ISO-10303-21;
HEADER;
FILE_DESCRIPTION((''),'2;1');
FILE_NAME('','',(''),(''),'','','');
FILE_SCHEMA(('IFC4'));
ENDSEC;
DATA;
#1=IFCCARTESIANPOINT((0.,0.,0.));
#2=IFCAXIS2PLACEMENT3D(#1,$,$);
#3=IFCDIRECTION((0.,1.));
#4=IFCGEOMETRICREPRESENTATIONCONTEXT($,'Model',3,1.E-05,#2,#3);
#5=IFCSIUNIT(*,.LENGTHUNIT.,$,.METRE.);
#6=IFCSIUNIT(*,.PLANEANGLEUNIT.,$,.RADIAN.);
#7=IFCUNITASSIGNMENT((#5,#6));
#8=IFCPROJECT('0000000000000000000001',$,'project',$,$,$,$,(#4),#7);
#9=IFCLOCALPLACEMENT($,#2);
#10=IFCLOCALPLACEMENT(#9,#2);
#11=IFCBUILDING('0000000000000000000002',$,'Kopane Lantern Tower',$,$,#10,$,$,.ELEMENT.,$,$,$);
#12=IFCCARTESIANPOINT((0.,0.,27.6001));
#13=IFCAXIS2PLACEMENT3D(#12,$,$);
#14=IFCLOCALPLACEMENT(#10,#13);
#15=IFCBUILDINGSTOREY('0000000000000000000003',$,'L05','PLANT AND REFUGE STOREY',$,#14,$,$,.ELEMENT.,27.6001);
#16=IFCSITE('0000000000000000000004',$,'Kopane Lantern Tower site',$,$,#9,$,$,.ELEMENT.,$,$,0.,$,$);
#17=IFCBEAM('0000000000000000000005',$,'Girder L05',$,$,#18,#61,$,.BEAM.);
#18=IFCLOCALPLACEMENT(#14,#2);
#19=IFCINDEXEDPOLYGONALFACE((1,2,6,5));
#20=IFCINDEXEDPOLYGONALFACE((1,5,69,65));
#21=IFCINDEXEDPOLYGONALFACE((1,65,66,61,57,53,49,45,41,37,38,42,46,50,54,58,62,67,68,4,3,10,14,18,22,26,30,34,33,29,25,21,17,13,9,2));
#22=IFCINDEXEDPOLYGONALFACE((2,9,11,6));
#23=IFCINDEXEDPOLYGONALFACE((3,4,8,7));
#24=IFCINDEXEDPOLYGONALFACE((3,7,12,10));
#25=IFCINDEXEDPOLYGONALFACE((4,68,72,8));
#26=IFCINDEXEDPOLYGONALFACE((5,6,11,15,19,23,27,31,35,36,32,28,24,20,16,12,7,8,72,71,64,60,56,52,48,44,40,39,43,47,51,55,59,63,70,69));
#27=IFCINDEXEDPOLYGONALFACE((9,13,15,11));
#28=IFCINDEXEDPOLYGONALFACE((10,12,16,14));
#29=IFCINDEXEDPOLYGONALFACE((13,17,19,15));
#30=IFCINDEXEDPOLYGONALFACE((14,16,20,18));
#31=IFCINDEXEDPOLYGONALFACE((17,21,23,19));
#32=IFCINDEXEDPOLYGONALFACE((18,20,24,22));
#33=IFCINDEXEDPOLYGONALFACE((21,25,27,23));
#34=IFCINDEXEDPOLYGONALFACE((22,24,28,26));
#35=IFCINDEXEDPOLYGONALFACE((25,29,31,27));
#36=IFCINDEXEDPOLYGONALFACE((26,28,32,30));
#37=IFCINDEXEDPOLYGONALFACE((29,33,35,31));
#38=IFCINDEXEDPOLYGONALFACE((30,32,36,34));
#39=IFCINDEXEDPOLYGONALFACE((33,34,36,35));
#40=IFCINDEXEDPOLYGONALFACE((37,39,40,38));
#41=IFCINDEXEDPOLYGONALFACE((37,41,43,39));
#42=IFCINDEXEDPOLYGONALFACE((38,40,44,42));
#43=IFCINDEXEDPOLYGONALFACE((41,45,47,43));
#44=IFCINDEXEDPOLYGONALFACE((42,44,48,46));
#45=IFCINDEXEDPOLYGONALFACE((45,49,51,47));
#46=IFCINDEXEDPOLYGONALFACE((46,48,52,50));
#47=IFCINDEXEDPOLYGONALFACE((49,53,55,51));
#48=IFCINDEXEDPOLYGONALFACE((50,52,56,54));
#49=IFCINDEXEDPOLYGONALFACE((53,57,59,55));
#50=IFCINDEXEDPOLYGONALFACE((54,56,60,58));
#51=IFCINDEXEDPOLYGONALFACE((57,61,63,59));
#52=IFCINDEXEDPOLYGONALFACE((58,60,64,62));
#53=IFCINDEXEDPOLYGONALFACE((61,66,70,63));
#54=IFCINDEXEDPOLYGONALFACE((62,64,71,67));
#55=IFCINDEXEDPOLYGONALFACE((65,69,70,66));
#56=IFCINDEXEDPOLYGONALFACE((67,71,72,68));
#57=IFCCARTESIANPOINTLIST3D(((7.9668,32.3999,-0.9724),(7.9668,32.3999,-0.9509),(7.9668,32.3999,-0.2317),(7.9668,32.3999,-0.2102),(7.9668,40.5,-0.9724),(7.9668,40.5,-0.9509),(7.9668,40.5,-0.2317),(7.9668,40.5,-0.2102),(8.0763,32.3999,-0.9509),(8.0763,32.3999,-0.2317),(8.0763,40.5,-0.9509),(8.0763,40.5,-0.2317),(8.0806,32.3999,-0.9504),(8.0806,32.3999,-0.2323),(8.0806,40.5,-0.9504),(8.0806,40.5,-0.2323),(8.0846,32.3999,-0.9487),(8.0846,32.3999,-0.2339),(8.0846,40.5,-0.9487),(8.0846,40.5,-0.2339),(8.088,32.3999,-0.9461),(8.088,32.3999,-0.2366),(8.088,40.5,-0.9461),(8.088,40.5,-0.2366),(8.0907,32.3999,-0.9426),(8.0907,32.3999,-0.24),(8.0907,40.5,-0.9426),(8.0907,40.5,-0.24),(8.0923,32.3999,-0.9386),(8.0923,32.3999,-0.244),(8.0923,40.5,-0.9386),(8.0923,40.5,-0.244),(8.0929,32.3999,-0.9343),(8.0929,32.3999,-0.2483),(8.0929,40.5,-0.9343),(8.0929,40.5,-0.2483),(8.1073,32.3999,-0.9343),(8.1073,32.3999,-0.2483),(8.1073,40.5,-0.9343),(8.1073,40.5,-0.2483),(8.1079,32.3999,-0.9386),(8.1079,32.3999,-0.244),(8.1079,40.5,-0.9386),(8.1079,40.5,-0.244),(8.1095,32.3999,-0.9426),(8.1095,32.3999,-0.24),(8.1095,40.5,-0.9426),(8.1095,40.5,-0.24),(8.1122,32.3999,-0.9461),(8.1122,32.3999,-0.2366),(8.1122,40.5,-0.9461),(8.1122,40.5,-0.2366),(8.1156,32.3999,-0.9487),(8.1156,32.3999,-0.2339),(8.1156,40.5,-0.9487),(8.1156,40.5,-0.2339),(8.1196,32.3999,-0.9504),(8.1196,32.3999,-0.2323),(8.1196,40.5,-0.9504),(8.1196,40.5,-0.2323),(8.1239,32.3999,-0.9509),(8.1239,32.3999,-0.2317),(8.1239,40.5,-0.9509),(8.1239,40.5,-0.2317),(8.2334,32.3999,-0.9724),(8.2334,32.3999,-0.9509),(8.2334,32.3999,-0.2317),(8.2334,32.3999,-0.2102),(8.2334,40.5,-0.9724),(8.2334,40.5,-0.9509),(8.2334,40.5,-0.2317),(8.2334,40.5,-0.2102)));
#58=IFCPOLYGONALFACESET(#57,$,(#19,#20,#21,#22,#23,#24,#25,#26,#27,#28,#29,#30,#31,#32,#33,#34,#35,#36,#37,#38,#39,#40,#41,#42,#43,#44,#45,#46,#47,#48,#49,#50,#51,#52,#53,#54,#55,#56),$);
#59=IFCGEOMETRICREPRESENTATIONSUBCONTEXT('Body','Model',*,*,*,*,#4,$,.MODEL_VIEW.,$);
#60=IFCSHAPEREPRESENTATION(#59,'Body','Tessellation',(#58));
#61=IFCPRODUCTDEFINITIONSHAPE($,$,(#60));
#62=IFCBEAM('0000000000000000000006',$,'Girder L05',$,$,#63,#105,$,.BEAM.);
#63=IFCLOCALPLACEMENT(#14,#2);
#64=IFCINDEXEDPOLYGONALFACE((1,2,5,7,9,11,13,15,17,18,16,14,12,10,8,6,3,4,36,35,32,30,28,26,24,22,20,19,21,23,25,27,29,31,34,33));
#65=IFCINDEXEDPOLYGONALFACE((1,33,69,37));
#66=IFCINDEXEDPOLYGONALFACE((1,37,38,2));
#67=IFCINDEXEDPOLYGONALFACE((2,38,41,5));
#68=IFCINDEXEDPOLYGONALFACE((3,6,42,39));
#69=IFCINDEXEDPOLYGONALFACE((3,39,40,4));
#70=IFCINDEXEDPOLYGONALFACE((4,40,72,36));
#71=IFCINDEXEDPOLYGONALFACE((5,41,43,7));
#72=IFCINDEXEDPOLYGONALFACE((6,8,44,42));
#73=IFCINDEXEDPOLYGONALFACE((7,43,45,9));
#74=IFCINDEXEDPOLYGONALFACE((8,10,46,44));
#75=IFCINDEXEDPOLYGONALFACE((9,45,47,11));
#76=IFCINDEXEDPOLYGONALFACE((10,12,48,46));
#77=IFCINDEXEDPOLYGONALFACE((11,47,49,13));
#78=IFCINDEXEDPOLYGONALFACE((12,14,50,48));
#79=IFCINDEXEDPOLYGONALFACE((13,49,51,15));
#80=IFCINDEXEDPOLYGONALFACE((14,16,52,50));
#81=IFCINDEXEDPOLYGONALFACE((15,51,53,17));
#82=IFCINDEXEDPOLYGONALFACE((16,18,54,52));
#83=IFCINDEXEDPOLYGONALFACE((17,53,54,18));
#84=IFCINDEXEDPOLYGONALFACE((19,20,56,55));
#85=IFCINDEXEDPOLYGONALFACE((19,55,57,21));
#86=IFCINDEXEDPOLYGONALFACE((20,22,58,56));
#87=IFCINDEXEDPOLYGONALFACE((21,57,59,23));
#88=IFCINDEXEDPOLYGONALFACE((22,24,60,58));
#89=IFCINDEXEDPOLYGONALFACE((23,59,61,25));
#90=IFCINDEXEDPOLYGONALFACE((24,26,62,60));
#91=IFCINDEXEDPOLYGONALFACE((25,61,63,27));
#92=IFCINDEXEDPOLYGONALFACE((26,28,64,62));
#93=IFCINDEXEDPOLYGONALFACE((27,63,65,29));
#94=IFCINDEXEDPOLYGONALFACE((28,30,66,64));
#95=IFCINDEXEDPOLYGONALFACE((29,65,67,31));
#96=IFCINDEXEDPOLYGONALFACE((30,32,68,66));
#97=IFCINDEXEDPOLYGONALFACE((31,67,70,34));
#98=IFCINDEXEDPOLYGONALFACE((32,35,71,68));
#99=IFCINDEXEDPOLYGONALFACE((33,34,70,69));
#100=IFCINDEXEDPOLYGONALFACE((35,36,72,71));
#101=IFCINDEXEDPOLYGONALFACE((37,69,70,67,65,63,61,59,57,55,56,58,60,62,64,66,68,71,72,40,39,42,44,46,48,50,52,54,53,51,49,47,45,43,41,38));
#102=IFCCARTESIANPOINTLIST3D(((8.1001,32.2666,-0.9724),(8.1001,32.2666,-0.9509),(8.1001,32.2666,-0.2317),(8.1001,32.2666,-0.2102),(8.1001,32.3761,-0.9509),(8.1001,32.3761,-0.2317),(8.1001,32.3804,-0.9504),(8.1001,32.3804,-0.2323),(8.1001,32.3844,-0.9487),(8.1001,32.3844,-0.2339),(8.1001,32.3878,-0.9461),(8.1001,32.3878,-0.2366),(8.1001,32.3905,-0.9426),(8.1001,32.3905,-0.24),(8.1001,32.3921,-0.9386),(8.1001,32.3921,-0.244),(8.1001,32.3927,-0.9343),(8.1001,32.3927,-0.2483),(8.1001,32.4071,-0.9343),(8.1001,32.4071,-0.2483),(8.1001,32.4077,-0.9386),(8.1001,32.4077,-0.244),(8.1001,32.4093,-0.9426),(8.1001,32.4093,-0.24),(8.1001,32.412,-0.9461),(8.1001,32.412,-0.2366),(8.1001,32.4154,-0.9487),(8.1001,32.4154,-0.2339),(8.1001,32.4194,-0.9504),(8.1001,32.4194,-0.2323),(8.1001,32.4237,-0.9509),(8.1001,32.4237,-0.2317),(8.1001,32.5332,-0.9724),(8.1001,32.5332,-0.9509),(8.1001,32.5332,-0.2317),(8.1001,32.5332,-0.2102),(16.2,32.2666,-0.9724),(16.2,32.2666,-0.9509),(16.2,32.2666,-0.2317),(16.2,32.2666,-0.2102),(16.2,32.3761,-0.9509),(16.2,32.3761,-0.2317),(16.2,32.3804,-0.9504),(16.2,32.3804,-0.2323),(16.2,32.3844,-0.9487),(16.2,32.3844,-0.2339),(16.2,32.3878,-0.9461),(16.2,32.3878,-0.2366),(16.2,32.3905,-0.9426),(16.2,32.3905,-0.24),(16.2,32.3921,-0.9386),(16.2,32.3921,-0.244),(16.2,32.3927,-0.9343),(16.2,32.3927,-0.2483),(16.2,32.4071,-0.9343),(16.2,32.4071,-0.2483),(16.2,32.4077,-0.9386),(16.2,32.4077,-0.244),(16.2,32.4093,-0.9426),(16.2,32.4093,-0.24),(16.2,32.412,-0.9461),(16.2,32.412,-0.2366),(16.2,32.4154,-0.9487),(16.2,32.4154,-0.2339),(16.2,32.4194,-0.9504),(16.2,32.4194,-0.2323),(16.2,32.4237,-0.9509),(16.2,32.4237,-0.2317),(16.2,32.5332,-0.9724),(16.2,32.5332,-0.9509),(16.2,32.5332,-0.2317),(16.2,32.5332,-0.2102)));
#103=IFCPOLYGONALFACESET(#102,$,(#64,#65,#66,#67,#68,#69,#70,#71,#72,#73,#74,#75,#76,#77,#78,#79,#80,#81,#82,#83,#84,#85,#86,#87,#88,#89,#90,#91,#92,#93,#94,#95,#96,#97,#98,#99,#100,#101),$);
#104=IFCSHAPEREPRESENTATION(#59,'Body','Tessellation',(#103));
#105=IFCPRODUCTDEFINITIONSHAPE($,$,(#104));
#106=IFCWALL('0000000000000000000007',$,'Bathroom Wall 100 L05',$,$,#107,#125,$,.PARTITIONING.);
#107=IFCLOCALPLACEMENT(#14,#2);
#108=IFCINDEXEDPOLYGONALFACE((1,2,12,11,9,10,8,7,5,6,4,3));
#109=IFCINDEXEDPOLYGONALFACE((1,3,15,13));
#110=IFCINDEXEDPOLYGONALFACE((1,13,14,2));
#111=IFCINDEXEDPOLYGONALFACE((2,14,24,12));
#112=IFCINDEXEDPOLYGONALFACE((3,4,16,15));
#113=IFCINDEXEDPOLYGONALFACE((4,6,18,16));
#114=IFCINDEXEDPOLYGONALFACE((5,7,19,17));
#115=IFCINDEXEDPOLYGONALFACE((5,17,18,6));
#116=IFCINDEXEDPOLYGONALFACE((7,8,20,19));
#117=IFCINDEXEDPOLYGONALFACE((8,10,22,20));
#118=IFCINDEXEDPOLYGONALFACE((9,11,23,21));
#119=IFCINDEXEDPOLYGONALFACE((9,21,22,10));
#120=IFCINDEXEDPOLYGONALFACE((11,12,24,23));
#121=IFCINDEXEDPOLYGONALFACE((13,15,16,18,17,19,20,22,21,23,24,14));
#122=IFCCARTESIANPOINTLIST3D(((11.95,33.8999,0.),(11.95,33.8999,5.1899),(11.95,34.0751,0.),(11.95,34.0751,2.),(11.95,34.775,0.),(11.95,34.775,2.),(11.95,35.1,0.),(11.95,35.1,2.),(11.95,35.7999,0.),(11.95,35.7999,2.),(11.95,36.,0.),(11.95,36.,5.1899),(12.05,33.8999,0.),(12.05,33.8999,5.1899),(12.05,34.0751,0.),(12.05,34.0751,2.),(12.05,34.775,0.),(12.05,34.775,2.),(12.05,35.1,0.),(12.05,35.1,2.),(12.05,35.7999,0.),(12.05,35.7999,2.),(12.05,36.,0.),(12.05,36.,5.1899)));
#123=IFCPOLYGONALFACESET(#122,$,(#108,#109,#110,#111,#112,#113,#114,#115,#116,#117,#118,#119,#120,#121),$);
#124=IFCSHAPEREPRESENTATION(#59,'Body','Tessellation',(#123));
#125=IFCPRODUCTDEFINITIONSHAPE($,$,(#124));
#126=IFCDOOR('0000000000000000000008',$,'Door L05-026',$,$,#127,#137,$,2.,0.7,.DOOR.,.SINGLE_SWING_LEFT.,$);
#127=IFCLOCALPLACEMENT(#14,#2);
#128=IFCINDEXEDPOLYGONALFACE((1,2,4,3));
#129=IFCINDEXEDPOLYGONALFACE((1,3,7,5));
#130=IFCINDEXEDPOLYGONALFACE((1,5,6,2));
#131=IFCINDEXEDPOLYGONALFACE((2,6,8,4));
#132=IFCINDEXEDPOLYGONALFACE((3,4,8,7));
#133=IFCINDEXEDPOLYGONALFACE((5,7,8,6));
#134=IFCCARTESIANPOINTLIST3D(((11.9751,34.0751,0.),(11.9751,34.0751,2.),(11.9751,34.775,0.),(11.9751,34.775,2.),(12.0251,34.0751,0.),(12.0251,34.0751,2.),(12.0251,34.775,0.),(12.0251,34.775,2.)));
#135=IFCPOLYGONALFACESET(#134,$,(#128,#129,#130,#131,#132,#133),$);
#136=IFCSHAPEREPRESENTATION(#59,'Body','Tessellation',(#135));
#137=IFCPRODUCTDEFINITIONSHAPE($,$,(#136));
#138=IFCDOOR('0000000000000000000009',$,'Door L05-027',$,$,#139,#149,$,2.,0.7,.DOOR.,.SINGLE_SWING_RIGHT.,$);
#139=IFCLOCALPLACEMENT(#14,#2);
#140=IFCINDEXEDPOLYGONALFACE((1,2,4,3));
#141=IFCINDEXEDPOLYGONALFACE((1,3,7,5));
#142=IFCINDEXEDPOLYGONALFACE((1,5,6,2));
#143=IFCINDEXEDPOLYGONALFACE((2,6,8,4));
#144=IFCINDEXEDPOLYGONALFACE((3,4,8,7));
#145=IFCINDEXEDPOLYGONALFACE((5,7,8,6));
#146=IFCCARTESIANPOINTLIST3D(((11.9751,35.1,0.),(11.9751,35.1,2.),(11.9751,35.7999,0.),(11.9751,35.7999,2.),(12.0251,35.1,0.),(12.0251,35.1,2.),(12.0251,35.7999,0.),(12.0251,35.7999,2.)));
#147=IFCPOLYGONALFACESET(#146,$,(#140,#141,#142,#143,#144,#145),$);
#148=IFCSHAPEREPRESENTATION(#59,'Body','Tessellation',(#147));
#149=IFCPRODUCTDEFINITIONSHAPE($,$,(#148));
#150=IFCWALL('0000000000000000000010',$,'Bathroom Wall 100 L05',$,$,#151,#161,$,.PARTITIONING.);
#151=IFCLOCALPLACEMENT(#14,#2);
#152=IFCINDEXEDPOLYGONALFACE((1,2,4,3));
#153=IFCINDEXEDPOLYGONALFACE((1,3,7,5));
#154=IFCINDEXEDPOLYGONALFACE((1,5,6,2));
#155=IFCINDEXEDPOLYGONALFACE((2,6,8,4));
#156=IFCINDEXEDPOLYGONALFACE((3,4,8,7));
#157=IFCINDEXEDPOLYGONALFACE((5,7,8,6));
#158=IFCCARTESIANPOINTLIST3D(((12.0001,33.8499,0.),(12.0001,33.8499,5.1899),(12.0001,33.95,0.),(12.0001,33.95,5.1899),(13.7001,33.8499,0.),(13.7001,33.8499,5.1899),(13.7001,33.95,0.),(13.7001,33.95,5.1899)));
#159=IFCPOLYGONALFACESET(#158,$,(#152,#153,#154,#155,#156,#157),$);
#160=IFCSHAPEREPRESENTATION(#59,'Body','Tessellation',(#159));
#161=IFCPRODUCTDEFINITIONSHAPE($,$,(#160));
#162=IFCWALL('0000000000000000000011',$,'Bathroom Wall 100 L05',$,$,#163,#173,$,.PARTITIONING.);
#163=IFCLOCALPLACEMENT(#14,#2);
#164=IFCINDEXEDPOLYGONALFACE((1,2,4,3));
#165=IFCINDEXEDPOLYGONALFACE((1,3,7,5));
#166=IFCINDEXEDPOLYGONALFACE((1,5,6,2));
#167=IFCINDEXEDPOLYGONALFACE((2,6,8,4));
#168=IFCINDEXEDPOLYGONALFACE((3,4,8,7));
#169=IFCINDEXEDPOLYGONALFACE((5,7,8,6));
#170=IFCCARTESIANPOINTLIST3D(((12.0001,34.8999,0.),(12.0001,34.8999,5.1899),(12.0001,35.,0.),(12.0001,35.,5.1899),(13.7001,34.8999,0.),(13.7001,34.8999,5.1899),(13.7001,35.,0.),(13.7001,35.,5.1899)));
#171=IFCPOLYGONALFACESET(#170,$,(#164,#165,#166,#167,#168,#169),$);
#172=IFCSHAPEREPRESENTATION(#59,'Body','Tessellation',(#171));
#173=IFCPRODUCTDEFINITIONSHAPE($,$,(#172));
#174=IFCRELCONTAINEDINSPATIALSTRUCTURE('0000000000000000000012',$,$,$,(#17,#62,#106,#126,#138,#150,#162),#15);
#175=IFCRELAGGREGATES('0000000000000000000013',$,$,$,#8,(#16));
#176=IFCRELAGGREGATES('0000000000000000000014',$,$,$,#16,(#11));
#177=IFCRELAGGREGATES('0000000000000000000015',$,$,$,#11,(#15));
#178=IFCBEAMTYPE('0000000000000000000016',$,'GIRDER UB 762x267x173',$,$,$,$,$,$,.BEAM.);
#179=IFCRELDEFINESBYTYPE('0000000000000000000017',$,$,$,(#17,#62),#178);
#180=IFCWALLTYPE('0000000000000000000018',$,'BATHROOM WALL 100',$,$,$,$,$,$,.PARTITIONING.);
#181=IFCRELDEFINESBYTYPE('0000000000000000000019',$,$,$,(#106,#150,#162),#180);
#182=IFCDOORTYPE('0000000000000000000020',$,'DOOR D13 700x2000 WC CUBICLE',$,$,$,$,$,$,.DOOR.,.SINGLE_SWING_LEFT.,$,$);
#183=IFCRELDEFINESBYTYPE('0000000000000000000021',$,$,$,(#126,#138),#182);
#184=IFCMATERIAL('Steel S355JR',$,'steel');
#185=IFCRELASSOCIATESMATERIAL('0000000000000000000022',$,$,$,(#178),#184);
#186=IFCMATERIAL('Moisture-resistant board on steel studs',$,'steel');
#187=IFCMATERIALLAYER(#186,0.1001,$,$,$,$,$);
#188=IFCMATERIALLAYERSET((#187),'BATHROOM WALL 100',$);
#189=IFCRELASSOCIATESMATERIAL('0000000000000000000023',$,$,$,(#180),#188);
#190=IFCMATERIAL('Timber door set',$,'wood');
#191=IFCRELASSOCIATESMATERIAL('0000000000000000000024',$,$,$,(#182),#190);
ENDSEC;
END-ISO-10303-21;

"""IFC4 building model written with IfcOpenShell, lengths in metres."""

from ifc_helpers import new_model, si_unit, direction, frame, frame_2d, origin, origin_2d, place, context, subcontext, project, spatial, rectangle, i_section, extrude, material, layer, layer_set, material_profile, profile_set, type_object, element, fill, save


model = new_model("IFC4")

# Units and contexts
model_context = context("Model", 3, precision=1e-05, world=origin(), true_north=direction((0.0, 1.0)))
body_context = subcontext(model_context, "Body", "Model", "MODEL_VIEW")
ifc_project = project(units=[si_unit("LENGTHUNIT", "METRE"), si_unit("PLANEANGLEUNIT", "RADIAN")], contexts=[model_context])

# Site, building, storey
site_placement = place(None, origin())
site = spatial("IfcSite", under=ifc_project, at=site_placement, Name="Kopane Lantern Tower site", CompositionType="ELEMENT", RefElevation=0.0)
building_placement = place(site_placement, origin())
building = spatial("IfcBuilding", under=site, at=building_placement, Name="Kopane Lantern Tower", CompositionType="ELEMENT")
storey_placement = place(building_placement, frame((0.0, 0.0, 27.6001)))
storey = spatial("IfcBuildingStorey", under=building, at=storey_placement, Name="L05", Description="PLANT AND REFUGE STOREY", CompositionType="ELEMENT", Elevation=27.6001)

# Beams
ifc_material_1 = material(Name="Steel S355JR", Category="steel")
ifc_material_profile = material_profile(ifc_material_1, i_section(OverallWidth=0.2666, OverallDepth=0.7622, WebThickness=0.0144, FlangeThickness=0.0215, FilletRadius=0.0166, at=origin_2d()), Name="UB 762x267x173")
ifc_profile_set = profile_set([ifc_material_profile], Name="Steel S355JR")
beam_type = type_object("IfcBeamType", Name="GIRDER UB 762x267x173", PredefinedType="BEAM", material=ifc_profile_set)
beam_1_placement = place(storey_placement, frame((8.1001, 32.3999, -0.5913), z_axis=(0.0, 1.0, 0.0), x_axis=(-1.0, 0.0, 0.0)))
element("IfcBeam", 1, at=beam_1_placement, inside=storey, type_object=beam_type, Name="Girder L05", PredefinedType="BEAM", context=body_context, shape_type="SweptSolid", body=[
    extrude(i_section(OverallWidth=0.2666, OverallDepth=0.7622, WebThickness=0.0144, FlangeThickness=0.0215, FilletRadius=0.0166, at=origin_2d()), origin(), (0.0, 0.0, 1.0), 8.1001),
])
beam_2_placement = place(storey_placement, frame((8.1001, 32.3999, -0.5913), z_axis=(1.0, 0.0, 0.0), x_axis=(0.0, 1.0, 0.0)))
element("IfcBeam", 2, at=beam_2_placement, inside=storey, type_object=beam_type, Name="Girder L05", PredefinedType="BEAM", context=body_context, shape_type="SweptSolid", body=[
    extrude(i_section(OverallWidth=0.2666, OverallDepth=0.7622, WebThickness=0.0144, FlangeThickness=0.0215, FilletRadius=0.0166, at=origin_2d()), origin(), (0.0, 0.0, 1.0), 8.0999),
])

# Wall, openings, doors
ifc_material_2 = material(Name="Moisture-resistant board on steel studs", Category="steel")
ifc_layer_1 = layer(ifc_material_2, 0.1001)
ifc_layer_set_1 = layer_set([ifc_layer_1], Name="BATHROOM WALL 100")
wall_type_1 = type_object("IfcWallType", Name="BATHROOM WALL 100", PredefinedType="PARTITIONING", material=ifc_layer_set_1)
wall_1_placement = place(storey_placement, frame((12.0, 33.8999, 0.0), z_axis=(0.0, 0.0, 1.0), x_axis=(0.0, 1.0, 0.0)))
wall_1 = element("IfcWall", 3, at=wall_1_placement, inside=storey, type_object=wall_type_1, Name="Bathroom Wall 100 L05", PredefinedType="PARTITIONING", context=body_context, shape_type="SweptSolid", body=[
    extrude(rectangle(XDim=2.1001, YDim=0.1001, at=frame_2d((1.05, 0.0))), origin(), (0.0, 0.0, 1.0), 5.1899),
])
opening_1_placement = place(wall_1_placement, frame((0.175, 0.0, 0.0)))
opening_1 = element("IfcOpeningElement", 4, at=opening_1_placement, cuts=wall_1, PredefinedType="OPENING", context=body_context, shape_type="SweptSolid", body=[
    extrude(rectangle(XDim=0.7, YDim=2.0, at=frame_2d((0.3501, 1.0))), frame((0.0, 0.0601, 0.0), z_axis=(0.0, -1.0, 0.0), x_axis=(1.0, 0.0, 0.0)), (0.0, 0.0, 1.0), 0.1201),
])
opening_2_placement = place(wall_1_placement, frame((1.2, 0.0, 0.0)))
opening_2 = element("IfcOpeningElement", 5, at=opening_2_placement, cuts=wall_1, PredefinedType="OPENING", context=body_context, shape_type="SweptSolid", body=[
    extrude(rectangle(XDim=0.7, YDim=2.0, at=frame_2d((0.3501, 1.0))), frame((0.0, 0.0601, 0.0), z_axis=(0.0, -1.0, 0.0), x_axis=(1.0, 0.0, 0.0)), (0.0, 0.0, 1.0), 0.1201),
])
ifc_material_3 = material(Name="Timber door set", Category="wood")
door_type = type_object("IfcDoorType", Name="DOOR D13 700x2000 WC CUBICLE", OperationType="SINGLE_SWING_LEFT", PredefinedType="DOOR", material=ifc_material_3)
door_1_placement = place(opening_1_placement, origin())
door_1 = element("IfcDoor", 6, at=door_1_placement, inside=storey, type_object=door_type, Name="Door L05-026", OperationType="SINGLE_SWING_LEFT", OverallHeight=2.0, OverallWidth=0.7, PredefinedType="DOOR", context=body_context, shape_type="SweptSolid", body=[
    extrude(rectangle(XDim=0.7, YDim=2.0, at=frame_2d((0.3501, 1.0))), frame((0.0, 0.0249, 0.0), z_axis=(0.0, -1.0, 0.0), x_axis=(1.0, 0.0, 0.0)), (0.0, 0.0, 1.0), 0.05),
])
fill(opening_1, door_1)
door_2_placement = place(opening_2_placement, origin())
door_2 = element("IfcDoor", 7, at=door_2_placement, inside=storey, type_object=door_type, Name="Door L05-027", OperationType="SINGLE_SWING_RIGHT", OverallHeight=2.0, OverallWidth=0.7, PredefinedType="DOOR", context=body_context, shape_type="SweptSolid", body=[
    extrude(rectangle(XDim=0.7, YDim=2.0, at=frame_2d((0.3501, 1.0))), frame((0.0, 0.0249, 0.0), z_axis=(0.0, -1.0, 0.0), x_axis=(1.0, 0.0, 0.0)), (0.0, 0.0, 1.0), 0.05),
])
fill(opening_2, door_2)

# Walls
for number, where, z_axis, x_axis, name in (
    (8, (12.0, 33.8999, 0.0), (0.0, 0.0, 1.0), (1.0, 0.0, 0.0), "Bathroom Wall 100 L05"),
    (9, (12.0, 34.95, 0.0), (0.0, 0.0, 1.0), (1.0, 0.0, 0.0), "Bathroom Wall 100 L05"),
):
    element("IfcWall", number, at=place(storey_placement, frame(where, z_axis=z_axis, x_axis=x_axis)), inside=storey, type_object=wall_type_1, Name=name, PredefinedType="PARTITIONING", context=body_context, shape_type="SweptSolid", body=[
        extrude(rectangle(XDim=1.7, YDim=0.1001, at=frame_2d((0.8501, 0.0))), origin(), (0.0, 0.0, 1.0), 5.1899),
    ])

save(model, "model.ifc")
